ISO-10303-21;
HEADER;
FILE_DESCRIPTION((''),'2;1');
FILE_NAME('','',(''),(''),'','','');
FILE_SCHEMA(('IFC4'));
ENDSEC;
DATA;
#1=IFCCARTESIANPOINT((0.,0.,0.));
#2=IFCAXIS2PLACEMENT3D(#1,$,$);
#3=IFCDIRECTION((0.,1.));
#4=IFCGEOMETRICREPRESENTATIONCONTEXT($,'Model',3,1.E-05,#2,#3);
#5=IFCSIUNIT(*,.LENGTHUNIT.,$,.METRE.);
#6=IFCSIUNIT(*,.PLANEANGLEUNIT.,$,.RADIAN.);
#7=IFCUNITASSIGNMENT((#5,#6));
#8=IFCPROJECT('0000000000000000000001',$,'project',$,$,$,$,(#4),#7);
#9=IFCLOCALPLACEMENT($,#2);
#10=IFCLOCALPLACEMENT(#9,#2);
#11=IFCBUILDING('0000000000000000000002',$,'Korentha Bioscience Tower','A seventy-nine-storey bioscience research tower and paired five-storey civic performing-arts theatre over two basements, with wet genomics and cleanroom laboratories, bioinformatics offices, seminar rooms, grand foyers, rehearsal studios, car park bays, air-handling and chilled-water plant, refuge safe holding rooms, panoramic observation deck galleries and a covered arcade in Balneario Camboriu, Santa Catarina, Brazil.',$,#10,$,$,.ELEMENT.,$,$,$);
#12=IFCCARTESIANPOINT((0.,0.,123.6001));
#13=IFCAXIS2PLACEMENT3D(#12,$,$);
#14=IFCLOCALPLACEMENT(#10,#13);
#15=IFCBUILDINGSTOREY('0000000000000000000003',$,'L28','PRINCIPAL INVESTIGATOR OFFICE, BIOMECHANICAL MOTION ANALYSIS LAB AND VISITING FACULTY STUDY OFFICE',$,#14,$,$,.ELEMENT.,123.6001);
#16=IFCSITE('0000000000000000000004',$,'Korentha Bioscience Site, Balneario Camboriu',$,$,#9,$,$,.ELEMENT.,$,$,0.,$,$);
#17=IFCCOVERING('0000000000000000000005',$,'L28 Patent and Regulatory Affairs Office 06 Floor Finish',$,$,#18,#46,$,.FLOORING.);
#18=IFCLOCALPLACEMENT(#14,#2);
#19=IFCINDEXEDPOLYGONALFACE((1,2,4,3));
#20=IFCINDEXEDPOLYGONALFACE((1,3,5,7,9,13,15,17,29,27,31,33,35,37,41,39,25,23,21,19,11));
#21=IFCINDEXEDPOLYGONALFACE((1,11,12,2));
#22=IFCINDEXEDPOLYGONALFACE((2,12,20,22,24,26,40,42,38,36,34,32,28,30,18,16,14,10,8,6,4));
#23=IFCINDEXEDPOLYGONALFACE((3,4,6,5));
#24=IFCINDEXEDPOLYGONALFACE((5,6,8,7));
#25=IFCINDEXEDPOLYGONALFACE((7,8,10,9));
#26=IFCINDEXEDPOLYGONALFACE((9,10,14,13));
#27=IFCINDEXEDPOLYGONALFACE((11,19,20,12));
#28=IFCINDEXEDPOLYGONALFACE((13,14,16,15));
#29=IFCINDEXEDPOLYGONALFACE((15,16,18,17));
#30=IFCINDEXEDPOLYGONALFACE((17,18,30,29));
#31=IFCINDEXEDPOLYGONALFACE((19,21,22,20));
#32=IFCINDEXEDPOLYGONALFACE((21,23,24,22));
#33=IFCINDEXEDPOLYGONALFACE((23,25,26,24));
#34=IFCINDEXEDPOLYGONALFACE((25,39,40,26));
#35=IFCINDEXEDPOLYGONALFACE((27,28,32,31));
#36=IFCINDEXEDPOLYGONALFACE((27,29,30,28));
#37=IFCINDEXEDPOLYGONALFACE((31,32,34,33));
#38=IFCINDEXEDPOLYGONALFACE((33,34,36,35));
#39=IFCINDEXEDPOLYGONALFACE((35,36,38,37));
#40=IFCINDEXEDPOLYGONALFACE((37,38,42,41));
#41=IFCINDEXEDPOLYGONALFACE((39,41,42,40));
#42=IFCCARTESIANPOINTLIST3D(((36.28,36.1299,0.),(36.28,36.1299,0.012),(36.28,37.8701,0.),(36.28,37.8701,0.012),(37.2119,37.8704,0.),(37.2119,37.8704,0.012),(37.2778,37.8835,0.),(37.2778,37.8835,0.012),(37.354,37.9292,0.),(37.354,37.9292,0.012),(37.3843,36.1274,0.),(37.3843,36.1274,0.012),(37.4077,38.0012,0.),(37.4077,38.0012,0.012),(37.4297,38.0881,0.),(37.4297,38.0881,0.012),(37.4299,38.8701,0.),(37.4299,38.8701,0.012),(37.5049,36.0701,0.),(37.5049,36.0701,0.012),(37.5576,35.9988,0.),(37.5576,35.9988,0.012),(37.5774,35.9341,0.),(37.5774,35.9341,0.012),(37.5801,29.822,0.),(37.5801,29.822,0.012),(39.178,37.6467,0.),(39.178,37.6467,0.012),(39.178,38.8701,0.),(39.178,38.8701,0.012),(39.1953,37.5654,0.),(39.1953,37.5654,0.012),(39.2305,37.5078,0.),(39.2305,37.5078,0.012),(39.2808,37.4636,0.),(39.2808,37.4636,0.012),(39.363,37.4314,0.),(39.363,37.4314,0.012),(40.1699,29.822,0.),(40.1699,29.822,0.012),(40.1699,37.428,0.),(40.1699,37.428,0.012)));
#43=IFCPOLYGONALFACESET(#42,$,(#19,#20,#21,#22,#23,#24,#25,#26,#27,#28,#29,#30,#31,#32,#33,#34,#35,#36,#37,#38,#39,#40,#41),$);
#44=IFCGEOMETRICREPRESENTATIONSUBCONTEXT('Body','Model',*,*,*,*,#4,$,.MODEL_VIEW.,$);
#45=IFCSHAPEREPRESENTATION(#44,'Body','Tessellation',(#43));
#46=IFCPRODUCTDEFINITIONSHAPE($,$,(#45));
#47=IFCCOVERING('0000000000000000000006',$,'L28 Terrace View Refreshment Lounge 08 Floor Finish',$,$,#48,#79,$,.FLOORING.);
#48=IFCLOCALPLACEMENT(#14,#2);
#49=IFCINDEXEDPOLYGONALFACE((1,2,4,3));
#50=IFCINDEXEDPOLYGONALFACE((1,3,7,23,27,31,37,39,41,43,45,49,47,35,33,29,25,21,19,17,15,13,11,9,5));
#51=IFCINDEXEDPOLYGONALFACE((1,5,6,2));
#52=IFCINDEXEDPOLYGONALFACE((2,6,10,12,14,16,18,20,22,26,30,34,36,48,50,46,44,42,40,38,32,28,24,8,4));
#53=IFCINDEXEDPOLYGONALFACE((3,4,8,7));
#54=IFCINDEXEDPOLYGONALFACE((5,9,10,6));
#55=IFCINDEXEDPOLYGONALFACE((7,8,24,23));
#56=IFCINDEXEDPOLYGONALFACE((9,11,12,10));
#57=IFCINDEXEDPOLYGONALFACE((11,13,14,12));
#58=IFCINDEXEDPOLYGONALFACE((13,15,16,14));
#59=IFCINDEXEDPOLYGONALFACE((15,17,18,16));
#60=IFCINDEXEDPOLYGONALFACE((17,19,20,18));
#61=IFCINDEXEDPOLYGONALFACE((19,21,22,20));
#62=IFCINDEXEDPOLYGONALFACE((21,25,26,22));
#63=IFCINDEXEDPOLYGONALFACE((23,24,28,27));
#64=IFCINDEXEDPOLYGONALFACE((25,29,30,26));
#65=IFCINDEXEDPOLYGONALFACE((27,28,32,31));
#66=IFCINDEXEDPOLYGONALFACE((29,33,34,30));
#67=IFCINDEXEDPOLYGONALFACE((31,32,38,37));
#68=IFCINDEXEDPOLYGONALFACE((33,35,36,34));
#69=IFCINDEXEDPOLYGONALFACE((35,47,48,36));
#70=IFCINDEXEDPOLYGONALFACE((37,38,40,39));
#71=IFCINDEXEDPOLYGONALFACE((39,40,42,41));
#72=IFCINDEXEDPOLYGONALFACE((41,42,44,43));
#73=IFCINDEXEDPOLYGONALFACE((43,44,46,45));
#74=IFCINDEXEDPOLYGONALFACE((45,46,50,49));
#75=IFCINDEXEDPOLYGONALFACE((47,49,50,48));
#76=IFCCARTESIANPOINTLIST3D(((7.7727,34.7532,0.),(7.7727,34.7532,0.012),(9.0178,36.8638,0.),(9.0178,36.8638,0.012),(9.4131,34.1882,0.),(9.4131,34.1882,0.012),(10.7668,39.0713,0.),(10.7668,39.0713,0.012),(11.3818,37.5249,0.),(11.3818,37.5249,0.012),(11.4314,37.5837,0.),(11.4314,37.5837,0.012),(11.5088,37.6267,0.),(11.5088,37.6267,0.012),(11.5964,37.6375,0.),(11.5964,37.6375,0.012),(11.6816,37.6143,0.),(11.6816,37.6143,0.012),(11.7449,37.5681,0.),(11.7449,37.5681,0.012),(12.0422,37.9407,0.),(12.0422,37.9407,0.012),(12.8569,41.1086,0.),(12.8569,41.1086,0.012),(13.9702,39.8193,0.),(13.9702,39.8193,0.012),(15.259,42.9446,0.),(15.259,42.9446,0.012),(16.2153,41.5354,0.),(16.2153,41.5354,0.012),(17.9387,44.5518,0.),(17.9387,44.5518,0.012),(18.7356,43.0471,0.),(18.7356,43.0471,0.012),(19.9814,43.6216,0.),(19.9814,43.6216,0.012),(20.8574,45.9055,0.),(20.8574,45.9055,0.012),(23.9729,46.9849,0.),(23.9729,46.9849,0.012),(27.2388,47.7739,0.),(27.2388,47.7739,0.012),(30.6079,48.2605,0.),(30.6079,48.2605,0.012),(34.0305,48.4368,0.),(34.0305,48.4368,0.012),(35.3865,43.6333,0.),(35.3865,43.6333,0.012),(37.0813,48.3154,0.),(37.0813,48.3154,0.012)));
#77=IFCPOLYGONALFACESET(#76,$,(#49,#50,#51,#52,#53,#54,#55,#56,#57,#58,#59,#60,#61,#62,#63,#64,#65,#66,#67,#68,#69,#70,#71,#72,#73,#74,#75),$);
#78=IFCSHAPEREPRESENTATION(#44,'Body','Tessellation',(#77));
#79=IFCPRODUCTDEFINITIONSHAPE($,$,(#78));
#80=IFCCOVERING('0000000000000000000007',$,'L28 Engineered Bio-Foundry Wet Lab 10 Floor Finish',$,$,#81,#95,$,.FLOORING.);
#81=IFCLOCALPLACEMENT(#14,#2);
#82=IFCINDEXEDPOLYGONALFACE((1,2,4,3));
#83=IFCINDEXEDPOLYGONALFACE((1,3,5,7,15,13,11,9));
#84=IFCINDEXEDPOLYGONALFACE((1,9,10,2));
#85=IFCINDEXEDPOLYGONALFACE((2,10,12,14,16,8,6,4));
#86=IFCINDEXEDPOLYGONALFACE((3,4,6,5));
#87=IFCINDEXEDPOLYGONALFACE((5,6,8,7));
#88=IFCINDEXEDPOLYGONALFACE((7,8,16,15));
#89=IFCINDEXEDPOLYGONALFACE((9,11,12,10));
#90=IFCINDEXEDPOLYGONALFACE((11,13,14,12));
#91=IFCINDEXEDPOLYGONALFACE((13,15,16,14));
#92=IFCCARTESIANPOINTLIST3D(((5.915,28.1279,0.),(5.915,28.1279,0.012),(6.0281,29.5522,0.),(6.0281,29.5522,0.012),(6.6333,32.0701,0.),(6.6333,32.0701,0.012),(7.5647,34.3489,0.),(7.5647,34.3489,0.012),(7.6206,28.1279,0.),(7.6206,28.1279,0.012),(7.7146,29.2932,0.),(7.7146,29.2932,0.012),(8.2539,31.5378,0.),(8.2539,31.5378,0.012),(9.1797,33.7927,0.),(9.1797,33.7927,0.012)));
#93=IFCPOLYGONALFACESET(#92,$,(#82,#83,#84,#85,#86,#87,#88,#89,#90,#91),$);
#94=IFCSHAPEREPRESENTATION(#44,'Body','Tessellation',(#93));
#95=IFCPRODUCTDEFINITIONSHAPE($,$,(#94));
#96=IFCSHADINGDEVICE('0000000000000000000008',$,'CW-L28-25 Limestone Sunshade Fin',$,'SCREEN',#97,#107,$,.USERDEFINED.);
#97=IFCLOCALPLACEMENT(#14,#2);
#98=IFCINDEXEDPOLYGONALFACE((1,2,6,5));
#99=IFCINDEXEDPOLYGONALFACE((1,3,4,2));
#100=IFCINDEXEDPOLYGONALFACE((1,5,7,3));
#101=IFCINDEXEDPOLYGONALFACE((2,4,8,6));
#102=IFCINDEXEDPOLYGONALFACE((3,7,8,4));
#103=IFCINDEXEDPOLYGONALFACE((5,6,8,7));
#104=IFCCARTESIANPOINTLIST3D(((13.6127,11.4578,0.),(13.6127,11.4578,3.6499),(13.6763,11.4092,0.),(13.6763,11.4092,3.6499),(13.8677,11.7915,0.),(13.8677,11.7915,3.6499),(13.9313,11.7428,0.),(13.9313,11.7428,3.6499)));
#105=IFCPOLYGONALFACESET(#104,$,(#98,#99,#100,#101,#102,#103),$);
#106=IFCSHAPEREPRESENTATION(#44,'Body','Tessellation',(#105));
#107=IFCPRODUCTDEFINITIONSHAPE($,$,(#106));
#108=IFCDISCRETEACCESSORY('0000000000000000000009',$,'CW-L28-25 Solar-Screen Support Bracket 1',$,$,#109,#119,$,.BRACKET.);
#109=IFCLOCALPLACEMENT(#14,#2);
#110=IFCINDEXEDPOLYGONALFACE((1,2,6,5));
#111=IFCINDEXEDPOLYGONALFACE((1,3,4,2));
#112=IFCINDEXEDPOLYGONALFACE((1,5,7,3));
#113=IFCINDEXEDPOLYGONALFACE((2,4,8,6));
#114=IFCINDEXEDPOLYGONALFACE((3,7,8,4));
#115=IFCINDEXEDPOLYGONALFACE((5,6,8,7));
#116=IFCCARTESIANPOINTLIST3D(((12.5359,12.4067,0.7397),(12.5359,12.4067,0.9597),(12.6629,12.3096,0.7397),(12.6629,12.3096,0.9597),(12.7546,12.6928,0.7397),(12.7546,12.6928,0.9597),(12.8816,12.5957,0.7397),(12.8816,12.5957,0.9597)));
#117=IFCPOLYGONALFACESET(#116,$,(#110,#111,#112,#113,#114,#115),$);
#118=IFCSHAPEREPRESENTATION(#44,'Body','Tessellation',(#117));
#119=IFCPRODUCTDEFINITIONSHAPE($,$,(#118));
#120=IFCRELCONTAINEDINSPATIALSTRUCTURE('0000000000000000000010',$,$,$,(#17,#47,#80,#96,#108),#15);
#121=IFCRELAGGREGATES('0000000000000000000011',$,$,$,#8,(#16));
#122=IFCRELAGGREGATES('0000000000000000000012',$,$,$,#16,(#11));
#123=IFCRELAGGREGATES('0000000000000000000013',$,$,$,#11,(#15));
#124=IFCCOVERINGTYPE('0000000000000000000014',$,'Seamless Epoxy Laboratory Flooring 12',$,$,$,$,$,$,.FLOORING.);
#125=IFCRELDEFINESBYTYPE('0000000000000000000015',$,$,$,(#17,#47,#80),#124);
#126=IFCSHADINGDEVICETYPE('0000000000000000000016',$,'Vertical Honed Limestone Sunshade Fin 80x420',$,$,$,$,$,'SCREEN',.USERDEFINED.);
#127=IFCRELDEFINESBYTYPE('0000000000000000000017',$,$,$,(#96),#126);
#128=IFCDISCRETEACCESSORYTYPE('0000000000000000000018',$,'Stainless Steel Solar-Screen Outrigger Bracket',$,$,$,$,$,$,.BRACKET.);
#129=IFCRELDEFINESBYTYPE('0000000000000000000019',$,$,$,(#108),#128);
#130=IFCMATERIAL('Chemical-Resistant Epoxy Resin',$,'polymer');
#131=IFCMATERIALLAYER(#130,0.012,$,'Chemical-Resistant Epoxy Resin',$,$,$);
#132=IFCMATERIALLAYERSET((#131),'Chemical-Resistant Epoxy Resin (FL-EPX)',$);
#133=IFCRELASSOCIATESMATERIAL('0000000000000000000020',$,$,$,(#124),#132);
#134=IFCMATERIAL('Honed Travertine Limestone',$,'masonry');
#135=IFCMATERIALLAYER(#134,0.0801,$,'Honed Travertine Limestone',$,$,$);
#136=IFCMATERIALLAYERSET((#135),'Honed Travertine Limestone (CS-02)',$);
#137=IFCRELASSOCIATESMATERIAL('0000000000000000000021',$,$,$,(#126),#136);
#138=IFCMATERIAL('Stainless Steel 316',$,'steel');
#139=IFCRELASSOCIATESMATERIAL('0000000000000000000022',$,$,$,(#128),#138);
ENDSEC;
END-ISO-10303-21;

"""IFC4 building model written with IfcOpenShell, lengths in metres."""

from ifc_helpers import new_model, si_unit, direction, frame, origin, origin_2d, place, context, subcontext, project, spatial, polyline, rectangle, outline, extrude, material, layer, layer_set, type_object, element, save


model = new_model("IFC4")

# Units and contexts
model_context = context("Model", 3, precision=1e-05, world=origin(), true_north=direction((0.0, 1.0)))
body_context = subcontext(model_context, "Body", "Model", "MODEL_VIEW")
ifc_project = project(units=[si_unit("LENGTHUNIT", "METRE"), si_unit("PLANEANGLEUNIT", "RADIAN")], contexts=[model_context])

# Site, building, storey
site_placement = place(None, origin())
site = spatial("IfcSite", under=ifc_project, at=site_placement, Name="Korentha Bioscience Site, Balneario Camboriu", CompositionType="ELEMENT", RefElevation=0.0)
building_placement = place(site_placement, origin())
building = spatial("IfcBuilding", under=site, at=building_placement, Name="Korentha Bioscience Tower", Description="A seventy-nine-storey bioscience research tower and paired five-storey civic performing-arts theatre over two basements, with wet genomics and cleanroom laboratories, bioinformatics offices, seminar rooms, grand foyers, rehearsal studios, car park bays, air-handling and chilled-water plant, refuge safe holding rooms, panoramic observation deck galleries and a covered arcade in Balneario Camboriu, Santa Catarina, Brazil.", CompositionType="ELEMENT")
storey_placement = place(building_placement, frame((0.0, 0.0, 123.6001)))
storey = spatial("IfcBuildingStorey", under=building, at=storey_placement, Name="L28", Description="PRINCIPAL INVESTIGATOR OFFICE, BIOMECHANICAL MOTION ANALYSIS LAB AND VISITING FACULTY STUDY OFFICE", CompositionType="ELEMENT", Elevation=123.6001)

# Coverings
ifc_material_1 = material(Name="Chemical-Resistant Epoxy Resin", Category="polymer")
ifc_layer_1 = layer(ifc_material_1, 0.012, Name="Chemical-Resistant Epoxy Resin")
ifc_layer_set_1 = layer_set([ifc_layer_1], Name="Chemical-Resistant Epoxy Resin (FL-EPX)")
covering_type_1 = type_object("IfcCoveringType", Name="Seamless Epoxy Laboratory Flooring 12", PredefinedType="FLOORING", material=ifc_layer_set_1)
covering_1_placement = place(storey_placement, origin())
element("IfcCovering", 1, at=covering_1_placement, inside=storey, type_object=covering_type_1, Name="L28 Patent and Regulatory Affairs Office 06 Floor Finish", PredefinedType="FLOORING", context=body_context, shape_type="SweptSolid", body=[
    extrude(outline(polyline([(39.178, 37.6467), (39.1953, 37.5654), (39.2305, 37.5078), (39.2808, 37.4636), (39.363, 37.4314), (40.1699, 37.428), (40.1699, 29.822), (37.5801, 29.822), (37.5774, 35.9341), (37.5576, 35.9988), (37.5049, 36.0701), (37.3843, 36.1274), (36.28, 36.1299), (36.28, 37.8701), (37.2119, 37.8704), (37.2778, 37.8835), (37.354, 37.9292), (37.4077, 38.0012), (37.4297, 38.0881), (37.4299, 38.8701), (39.178, 38.8701), (39.178, 37.6467)])), origin(), (0.0, 0.0, 1.0), 0.012),
])
covering_2_placement = place(storey_placement, origin())
element("IfcCovering", 2, at=covering_2_placement, inside=storey, type_object=covering_type_1, Name="L28 Terrace View Refreshment Lounge 08 Floor Finish", PredefinedType="FLOORING", context=body_context, shape_type="SweptSolid", body=[
    extrude(outline(polyline([(9.0178, 36.8638), (10.7668, 39.0713), (12.8569, 41.1086), (15.259, 42.9446), (17.9387, 44.5518), (20.8574, 45.9055), (23.9729, 46.9849), (27.2388, 47.7739), (30.6079, 48.2605), (34.0305, 48.4368), (37.0813, 48.3154), (35.3865, 43.6333), (19.9814, 43.6216), (18.7356, 43.0471), (16.2153, 41.5354), (13.9702, 39.8193), (12.0422, 37.9407), (11.7449, 37.5681), (11.6816, 37.6143), (11.5964, 37.6375), (11.5088, 37.6267), (11.4314, 37.5837), (11.3818, 37.5249), (9.4131, 34.1882), (7.7727, 34.7532), (9.0178, 36.8638)])), origin(), (0.0, 0.0, 1.0), 0.012),
])
covering_3_placement = place(storey_placement, origin())
element("IfcCovering", 3, at=covering_3_placement, inside=storey, type_object=covering_type_1, Name="L28 Engineered Bio-Foundry Wet Lab 10 Floor Finish", PredefinedType="FLOORING", context=body_context, shape_type="SweptSolid", body=[
    extrude(outline(polyline([(7.5647, 34.3489), (9.1797, 33.7927), (8.2539, 31.5378), (7.7146, 29.2932), (7.6206, 28.1279), (5.915, 28.1279), (6.0281, 29.5522), (6.6333, 32.0701), (7.5647, 34.3489)])), origin(), (0.0, 0.0, 1.0), 0.012),
])

# Shading device
ifc_material_2 = material(Name="Honed Travertine Limestone", Category="masonry")
ifc_layer_2 = layer(ifc_material_2, 0.0801, Name="Honed Travertine Limestone")
ifc_layer_set_2 = layer_set([ifc_layer_2], Name="Honed Travertine Limestone (CS-02)")
shading_device_type_1 = type_object("IfcShadingDeviceType", Name="Vertical Honed Limestone Sunshade Fin 80x420", ElementType="SCREEN", PredefinedType="USERDEFINED", material=ifc_layer_set_2)
shading_device_1_placement = place(storey_placement, frame((13.772, 11.6003, 0.0), z_axis=(0.0, 0.0, 1.0), x_axis=(0.7945, -0.607265, 0.0)))
element("IfcShadingDevice", 4, at=shading_device_1_placement, inside=storey, type_object=shading_device_type_1, Name="CW-L28-25 Limestone Sunshade Fin", ObjectType="SCREEN", PredefinedType="USERDEFINED", context=body_context, shape_type="SweptSolid", body=[
    extrude(rectangle(XDim=0.0801, YDim=0.4199, at=origin_2d()), origin(), (0.0, 0.0, 1.0), 3.6499),
])

# Discrete accessory
ifc_material_3 = material(Name="Stainless Steel 316", Category="steel")
discrete_accessory_type = type_object("IfcDiscreteAccessoryType", Name="Stainless Steel Solar-Screen Outrigger Bracket", PredefinedType="BRACKET", material=ifc_material_3)
discrete_accessory_placement = place(storey_placement, frame((12.7087, 12.5012, 0.7397), z_axis=(0.0, 0.0, 1.0), x_axis=(0.7945, -0.607265, 0.0)))
element("IfcDiscreteAccessory", 5, at=discrete_accessory_placement, inside=storey, type_object=discrete_accessory_type, Name="CW-L28-25 Solar-Screen Support Bracket 1", PredefinedType="BRACKET", context=body_context, shape_type="SweptSolid", body=[
    extrude(rectangle(XDim=0.1599, YDim=0.3601, at=origin_2d()), origin(), (0.0, 0.0, 1.0), 0.22),
])

save(model, "model.ifc")
